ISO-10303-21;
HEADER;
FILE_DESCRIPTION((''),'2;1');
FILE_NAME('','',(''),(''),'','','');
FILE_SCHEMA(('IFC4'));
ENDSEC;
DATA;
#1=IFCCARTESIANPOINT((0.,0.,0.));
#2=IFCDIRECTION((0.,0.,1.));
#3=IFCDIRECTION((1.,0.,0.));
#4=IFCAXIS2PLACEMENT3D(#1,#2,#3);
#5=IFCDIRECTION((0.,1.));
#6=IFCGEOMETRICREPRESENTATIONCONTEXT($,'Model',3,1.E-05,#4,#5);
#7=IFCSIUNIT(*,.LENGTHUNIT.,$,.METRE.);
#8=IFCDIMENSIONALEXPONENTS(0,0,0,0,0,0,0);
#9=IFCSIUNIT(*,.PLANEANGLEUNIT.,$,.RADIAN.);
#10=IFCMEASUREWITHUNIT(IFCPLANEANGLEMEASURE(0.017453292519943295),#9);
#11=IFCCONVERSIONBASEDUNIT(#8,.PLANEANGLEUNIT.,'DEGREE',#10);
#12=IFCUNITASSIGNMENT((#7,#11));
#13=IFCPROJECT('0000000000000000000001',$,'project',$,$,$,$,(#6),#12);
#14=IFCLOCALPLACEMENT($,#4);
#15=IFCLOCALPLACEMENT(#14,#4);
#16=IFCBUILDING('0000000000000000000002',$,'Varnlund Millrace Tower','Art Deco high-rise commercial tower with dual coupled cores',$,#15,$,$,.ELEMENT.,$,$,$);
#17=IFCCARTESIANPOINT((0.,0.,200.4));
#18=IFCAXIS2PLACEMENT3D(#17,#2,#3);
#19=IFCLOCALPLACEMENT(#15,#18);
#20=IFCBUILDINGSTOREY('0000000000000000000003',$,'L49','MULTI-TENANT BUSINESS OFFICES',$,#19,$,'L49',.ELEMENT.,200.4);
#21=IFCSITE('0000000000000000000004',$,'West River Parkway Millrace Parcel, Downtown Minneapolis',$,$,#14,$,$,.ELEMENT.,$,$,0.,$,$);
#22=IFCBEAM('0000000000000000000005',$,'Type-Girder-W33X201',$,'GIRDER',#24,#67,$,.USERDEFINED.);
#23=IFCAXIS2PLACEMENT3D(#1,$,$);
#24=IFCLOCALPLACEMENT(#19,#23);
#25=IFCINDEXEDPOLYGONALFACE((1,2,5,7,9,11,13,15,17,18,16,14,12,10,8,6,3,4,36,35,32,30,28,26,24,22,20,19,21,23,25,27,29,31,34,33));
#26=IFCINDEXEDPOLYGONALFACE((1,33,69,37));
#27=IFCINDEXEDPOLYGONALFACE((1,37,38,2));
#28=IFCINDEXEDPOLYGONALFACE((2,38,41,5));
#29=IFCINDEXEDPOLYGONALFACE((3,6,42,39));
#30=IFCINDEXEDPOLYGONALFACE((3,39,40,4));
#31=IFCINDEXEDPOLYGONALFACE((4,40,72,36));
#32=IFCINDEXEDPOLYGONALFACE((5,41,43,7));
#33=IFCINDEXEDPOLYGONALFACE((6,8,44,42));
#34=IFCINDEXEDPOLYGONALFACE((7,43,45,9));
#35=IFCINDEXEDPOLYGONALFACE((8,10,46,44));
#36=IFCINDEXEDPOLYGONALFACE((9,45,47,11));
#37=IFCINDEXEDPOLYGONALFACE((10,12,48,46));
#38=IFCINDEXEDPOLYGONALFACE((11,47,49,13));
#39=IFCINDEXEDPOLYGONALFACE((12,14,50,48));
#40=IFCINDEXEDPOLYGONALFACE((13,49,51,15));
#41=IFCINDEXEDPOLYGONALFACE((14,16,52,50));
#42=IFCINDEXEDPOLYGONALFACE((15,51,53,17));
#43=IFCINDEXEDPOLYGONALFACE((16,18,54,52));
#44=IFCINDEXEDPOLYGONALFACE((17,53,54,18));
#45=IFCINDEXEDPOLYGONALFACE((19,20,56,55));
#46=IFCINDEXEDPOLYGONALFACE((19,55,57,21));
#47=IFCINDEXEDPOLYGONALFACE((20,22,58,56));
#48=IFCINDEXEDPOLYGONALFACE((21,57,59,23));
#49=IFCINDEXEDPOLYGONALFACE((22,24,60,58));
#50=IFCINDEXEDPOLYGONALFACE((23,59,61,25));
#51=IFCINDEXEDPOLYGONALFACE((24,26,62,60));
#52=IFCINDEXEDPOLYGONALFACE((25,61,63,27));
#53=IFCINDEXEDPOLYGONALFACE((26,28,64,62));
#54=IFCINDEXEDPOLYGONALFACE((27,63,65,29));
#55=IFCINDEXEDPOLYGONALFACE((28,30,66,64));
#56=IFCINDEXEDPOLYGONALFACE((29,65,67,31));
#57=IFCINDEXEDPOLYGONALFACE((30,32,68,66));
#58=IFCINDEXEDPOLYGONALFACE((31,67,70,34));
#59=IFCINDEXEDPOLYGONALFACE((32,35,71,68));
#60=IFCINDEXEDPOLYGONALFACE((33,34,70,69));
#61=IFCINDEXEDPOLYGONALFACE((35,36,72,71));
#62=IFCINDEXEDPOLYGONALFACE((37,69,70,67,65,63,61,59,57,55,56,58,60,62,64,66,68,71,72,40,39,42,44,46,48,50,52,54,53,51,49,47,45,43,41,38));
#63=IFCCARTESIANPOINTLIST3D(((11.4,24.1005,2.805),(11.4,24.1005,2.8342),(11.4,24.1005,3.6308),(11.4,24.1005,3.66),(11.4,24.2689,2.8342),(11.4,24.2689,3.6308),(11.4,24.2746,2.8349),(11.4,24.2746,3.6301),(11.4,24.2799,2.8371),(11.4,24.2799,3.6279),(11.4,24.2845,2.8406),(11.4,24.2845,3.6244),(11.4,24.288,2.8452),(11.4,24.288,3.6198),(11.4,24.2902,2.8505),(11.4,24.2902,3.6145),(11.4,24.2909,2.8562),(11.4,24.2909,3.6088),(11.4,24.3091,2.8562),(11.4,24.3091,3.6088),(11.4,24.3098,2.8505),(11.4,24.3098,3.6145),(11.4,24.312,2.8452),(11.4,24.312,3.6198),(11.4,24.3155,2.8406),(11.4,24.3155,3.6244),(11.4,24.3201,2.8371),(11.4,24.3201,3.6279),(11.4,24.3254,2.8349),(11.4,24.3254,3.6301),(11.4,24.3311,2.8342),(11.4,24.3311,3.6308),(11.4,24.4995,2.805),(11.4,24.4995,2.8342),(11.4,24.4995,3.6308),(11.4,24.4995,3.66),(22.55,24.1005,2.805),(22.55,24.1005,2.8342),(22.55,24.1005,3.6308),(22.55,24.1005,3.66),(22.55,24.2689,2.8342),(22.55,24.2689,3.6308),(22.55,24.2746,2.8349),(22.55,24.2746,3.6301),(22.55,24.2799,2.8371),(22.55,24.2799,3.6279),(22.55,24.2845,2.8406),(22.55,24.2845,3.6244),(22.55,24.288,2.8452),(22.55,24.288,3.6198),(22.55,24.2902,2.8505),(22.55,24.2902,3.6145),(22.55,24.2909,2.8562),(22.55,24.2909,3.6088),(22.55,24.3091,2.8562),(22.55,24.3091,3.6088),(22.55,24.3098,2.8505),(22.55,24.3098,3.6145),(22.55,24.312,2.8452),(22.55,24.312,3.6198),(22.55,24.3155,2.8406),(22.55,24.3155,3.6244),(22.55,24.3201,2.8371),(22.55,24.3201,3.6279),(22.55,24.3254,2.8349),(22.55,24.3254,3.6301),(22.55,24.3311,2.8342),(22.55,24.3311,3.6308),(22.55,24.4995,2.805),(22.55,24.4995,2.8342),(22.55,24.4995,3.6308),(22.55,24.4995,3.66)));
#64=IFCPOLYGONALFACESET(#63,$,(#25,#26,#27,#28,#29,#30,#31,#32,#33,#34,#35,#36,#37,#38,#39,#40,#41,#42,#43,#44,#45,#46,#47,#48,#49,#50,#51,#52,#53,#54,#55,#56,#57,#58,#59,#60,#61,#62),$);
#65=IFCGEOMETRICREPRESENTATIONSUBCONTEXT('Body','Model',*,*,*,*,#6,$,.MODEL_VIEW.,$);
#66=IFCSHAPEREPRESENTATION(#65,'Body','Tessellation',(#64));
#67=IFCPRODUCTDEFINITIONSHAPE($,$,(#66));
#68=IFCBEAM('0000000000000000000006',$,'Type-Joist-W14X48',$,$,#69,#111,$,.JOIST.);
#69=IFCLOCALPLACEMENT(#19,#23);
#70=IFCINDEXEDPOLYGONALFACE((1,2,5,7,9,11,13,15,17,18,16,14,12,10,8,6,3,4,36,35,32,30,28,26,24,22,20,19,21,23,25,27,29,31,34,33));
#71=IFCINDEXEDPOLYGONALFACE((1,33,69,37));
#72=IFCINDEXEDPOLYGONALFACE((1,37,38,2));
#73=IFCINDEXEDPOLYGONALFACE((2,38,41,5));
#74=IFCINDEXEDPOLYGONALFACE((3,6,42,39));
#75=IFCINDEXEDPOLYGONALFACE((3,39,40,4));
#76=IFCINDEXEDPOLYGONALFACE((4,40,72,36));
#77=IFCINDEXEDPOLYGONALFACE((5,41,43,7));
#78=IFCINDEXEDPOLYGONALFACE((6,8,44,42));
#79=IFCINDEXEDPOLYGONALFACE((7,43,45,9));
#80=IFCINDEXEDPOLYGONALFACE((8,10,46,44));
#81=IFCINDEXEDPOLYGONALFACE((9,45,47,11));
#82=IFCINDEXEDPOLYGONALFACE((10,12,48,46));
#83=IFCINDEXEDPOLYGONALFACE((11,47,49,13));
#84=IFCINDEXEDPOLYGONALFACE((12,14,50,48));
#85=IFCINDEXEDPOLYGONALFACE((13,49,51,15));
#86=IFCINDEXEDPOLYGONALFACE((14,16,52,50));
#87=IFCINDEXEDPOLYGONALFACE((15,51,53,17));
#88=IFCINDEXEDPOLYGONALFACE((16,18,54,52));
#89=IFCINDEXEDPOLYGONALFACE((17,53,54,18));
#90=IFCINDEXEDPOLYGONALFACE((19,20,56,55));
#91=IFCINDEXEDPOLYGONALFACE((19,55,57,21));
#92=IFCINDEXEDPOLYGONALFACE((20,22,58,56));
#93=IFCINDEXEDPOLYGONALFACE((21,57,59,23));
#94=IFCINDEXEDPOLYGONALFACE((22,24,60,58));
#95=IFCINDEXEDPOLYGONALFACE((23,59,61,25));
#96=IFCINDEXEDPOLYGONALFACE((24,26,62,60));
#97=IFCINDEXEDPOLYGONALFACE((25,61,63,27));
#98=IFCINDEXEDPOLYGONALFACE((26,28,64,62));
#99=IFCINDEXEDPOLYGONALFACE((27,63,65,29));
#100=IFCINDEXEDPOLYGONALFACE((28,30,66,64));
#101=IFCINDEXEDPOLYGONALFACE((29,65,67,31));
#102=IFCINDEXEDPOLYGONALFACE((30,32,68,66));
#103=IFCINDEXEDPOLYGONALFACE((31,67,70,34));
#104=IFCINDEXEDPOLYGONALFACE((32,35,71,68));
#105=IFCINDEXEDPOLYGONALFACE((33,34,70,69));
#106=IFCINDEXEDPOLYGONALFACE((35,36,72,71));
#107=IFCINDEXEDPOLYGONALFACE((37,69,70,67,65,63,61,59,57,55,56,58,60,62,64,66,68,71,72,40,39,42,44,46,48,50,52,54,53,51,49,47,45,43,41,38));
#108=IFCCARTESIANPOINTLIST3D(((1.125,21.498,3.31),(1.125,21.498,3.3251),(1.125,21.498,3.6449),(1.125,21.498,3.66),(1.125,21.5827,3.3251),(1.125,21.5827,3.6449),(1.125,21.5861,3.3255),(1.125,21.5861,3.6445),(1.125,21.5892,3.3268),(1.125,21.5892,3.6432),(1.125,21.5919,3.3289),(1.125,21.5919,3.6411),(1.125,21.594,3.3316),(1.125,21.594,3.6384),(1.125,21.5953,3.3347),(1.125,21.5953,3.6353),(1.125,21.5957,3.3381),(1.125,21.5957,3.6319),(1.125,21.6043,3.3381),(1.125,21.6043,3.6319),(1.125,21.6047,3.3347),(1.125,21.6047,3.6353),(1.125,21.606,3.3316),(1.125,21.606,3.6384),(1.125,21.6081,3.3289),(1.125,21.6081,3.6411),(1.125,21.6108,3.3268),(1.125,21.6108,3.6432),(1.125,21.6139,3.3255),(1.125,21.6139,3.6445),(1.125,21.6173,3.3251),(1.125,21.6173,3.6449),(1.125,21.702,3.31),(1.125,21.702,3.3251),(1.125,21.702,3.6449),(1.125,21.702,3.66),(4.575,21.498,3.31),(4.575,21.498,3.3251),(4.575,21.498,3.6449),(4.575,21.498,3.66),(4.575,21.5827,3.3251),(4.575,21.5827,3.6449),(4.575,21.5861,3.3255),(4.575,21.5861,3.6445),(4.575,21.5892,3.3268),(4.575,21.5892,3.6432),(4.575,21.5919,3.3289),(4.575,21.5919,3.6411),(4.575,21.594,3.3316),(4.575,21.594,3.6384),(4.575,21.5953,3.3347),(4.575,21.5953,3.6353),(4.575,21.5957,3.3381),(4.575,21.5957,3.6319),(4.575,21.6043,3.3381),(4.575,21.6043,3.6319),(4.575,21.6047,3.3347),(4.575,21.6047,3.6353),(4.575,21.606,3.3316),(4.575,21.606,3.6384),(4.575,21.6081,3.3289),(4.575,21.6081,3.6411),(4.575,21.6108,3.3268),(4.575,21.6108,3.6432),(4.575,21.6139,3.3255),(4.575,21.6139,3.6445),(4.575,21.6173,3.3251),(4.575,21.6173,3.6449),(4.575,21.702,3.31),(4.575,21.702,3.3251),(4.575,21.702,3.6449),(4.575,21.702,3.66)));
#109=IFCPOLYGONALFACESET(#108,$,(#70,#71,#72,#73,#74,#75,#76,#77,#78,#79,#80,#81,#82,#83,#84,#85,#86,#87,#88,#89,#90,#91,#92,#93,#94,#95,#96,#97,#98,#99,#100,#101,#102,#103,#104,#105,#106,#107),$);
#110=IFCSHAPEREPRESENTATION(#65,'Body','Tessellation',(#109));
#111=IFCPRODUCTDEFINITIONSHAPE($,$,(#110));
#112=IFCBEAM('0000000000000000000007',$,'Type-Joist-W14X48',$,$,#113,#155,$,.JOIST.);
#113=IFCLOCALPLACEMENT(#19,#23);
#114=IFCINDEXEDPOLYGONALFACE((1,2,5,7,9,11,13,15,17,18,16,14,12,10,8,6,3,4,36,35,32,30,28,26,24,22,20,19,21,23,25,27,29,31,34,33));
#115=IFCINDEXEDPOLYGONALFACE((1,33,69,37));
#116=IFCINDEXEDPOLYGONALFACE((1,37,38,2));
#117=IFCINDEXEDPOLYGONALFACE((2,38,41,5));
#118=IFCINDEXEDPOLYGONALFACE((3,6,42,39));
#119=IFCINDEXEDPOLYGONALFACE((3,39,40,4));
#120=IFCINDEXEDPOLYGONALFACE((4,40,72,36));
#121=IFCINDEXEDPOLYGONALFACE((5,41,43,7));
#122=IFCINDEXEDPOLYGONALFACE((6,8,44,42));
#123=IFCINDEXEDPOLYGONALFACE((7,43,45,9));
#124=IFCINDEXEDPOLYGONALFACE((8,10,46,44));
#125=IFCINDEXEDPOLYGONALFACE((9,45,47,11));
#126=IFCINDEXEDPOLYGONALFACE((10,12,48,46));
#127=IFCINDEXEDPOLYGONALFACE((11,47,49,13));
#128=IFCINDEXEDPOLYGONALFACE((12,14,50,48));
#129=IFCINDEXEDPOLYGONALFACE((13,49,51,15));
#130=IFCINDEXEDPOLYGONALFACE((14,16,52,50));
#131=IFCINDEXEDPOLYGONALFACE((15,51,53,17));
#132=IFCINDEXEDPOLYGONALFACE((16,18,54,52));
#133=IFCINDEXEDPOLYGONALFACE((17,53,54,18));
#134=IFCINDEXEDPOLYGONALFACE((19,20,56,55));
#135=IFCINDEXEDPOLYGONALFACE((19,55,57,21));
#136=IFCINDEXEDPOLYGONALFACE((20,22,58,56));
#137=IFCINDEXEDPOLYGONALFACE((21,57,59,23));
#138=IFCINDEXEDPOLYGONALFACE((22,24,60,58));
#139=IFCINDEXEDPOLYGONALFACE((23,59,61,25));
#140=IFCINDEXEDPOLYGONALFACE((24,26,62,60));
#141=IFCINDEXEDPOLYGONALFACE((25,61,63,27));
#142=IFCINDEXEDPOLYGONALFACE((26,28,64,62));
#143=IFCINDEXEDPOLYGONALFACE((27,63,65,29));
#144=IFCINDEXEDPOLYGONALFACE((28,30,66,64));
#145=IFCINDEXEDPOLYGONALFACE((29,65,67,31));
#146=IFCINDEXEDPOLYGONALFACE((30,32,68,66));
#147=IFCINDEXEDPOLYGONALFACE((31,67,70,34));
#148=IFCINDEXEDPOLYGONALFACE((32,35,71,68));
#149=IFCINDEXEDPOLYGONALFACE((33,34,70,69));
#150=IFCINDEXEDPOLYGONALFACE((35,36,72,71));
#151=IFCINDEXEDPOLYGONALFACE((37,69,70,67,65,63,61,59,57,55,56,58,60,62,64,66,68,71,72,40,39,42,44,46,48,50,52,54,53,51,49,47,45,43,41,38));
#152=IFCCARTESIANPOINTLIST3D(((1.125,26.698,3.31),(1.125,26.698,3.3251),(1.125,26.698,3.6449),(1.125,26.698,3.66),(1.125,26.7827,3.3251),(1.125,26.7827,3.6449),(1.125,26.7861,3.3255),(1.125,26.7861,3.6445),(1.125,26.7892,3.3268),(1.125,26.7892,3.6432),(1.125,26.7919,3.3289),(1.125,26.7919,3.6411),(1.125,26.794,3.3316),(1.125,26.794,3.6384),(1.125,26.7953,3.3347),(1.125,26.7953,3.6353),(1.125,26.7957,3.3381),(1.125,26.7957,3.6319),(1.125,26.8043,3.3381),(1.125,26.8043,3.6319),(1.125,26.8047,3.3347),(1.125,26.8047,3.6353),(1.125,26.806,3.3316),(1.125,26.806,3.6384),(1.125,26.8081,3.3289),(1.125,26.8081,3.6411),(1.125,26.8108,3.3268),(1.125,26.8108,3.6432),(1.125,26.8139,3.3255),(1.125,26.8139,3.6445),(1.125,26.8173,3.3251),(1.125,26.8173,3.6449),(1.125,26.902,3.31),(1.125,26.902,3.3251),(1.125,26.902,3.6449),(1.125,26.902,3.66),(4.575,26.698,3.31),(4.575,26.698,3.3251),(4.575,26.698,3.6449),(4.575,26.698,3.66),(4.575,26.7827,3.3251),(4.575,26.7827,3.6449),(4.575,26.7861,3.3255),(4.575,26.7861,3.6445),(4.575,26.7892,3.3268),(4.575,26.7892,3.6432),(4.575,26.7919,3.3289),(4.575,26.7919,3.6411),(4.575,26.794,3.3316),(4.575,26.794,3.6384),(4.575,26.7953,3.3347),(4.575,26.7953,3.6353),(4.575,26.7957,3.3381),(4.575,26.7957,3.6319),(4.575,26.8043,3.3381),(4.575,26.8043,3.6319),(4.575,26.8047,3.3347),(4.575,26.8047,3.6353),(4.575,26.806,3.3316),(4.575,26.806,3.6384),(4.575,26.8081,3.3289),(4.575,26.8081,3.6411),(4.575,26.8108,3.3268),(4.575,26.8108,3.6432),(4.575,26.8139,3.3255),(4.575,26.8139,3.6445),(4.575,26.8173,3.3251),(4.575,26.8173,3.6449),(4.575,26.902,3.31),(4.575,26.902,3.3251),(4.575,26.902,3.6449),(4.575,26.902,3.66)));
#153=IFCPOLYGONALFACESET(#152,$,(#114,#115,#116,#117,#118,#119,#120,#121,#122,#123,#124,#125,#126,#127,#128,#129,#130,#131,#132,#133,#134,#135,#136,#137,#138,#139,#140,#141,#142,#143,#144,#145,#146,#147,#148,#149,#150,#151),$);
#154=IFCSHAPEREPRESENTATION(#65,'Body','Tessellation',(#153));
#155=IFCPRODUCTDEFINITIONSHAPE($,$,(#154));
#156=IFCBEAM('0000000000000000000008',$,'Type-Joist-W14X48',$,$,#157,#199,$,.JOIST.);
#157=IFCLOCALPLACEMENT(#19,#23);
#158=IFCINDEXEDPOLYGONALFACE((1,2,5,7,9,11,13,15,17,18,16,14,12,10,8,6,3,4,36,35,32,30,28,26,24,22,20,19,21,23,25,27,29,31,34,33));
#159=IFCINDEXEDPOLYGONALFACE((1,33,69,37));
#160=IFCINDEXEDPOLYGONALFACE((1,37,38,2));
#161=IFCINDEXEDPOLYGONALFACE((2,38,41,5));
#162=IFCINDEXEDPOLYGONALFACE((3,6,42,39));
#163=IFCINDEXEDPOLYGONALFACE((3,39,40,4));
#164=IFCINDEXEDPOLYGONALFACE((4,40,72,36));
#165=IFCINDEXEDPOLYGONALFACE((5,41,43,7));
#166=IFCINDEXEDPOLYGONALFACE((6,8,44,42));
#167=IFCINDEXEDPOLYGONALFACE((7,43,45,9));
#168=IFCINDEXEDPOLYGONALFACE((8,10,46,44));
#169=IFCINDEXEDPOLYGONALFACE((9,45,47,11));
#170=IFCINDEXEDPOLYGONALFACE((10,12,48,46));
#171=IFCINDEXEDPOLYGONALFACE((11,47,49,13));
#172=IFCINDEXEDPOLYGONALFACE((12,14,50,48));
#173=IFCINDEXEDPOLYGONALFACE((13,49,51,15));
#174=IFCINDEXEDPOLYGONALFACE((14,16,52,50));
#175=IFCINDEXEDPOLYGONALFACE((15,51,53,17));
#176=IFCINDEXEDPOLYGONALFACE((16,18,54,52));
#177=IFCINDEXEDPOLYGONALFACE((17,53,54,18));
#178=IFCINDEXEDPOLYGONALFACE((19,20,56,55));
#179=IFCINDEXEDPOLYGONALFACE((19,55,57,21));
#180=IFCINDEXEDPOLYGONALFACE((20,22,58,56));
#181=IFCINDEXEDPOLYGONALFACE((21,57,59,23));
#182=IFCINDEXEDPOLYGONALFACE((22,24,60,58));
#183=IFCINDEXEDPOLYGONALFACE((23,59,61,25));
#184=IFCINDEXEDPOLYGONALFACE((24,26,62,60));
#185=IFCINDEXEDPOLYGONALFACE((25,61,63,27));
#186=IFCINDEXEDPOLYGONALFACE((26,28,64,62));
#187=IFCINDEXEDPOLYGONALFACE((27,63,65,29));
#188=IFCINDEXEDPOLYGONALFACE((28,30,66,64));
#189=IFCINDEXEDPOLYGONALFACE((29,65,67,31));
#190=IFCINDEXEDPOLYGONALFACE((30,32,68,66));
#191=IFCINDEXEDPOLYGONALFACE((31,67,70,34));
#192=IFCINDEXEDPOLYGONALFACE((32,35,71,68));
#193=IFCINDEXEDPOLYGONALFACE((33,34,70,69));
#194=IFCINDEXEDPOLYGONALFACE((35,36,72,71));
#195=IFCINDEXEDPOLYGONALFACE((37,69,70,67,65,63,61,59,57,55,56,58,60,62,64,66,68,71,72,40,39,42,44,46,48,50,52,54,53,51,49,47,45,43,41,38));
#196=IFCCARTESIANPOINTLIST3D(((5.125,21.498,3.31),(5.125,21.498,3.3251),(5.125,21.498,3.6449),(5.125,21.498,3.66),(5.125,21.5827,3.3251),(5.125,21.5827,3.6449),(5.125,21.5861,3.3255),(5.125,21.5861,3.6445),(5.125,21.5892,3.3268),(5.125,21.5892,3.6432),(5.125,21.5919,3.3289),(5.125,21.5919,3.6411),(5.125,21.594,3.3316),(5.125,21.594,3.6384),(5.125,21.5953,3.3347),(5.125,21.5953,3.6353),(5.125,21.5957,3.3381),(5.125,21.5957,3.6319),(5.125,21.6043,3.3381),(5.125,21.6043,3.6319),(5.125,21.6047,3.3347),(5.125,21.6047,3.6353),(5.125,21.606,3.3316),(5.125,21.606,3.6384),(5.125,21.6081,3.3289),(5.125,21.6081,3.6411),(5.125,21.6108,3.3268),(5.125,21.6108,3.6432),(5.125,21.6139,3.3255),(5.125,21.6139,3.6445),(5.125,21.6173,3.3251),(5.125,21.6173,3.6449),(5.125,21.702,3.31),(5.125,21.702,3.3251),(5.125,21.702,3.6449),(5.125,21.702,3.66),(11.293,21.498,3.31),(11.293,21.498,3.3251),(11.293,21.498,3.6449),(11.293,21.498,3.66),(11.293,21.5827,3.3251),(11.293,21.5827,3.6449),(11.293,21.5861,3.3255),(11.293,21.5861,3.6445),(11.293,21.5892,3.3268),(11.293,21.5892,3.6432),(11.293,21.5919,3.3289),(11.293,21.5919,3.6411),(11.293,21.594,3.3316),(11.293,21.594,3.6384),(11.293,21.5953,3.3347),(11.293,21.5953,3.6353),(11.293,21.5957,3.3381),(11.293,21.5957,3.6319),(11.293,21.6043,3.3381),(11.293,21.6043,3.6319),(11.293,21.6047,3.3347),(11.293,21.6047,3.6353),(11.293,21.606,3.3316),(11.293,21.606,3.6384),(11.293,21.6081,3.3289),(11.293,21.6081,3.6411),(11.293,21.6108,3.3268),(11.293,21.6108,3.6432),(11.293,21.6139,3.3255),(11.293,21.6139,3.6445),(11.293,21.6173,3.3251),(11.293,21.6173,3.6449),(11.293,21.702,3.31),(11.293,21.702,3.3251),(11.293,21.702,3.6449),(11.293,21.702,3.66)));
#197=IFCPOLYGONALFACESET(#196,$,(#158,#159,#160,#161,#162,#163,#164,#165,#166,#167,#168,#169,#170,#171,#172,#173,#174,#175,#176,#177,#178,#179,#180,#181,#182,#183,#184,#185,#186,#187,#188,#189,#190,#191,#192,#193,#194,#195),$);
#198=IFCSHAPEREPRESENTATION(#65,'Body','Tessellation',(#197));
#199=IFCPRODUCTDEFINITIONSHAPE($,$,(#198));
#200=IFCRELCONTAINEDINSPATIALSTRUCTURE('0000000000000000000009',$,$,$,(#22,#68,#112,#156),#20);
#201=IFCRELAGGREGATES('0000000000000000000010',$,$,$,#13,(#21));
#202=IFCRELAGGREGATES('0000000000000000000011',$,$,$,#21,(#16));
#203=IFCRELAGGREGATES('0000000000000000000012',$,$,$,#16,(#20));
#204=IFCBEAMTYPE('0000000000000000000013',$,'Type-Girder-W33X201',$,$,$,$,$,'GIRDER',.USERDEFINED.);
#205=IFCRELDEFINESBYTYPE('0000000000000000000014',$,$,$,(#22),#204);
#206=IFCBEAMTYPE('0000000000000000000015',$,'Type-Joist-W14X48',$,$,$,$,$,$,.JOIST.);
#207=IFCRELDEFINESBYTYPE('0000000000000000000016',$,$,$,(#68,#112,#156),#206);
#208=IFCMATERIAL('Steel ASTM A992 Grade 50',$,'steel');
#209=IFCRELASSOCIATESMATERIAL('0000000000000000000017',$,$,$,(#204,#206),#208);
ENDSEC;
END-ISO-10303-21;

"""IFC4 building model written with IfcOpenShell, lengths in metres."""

from ifc_helpers import new_model, entity, si_unit, converted_unit, direction, frame, origin_with_axes, origin_2d_with_axis, place, context, subcontext, project, spatial, i_section, extrude, material, material_profile, profile_set, type_object, element, save


model = new_model("IFC4")

# Units and contexts
model_context = context("Model", 3, precision=1e-05, world=origin_with_axes(), true_north=direction((0.0, 1.0)))
body_context = subcontext(model_context, "Body", "Model", "MODEL_VIEW")
ifc_project = project(units=[si_unit("LENGTHUNIT", "METRE"), converted_unit("PLANEANGLEUNIT", "DEGREE", entity("IfcPlaneAngleMeasure", 0.017453292519943295), si_unit("PLANEANGLEUNIT", "RADIAN"), dimensions=[0, 0, 0, 0, 0, 0, 0])], contexts=[model_context])

# Site, building, storey
site_placement = place(None, origin_with_axes())
site = spatial("IfcSite", under=ifc_project, at=site_placement, Name="West River Parkway Millrace Parcel, Downtown Minneapolis", CompositionType="ELEMENT", RefElevation=0.0)
building_placement = place(site_placement, origin_with_axes())
building = spatial("IfcBuilding", under=site, at=building_placement, Name="Varnlund Millrace Tower", Description="Art Deco high-rise commercial tower with dual coupled cores", CompositionType="ELEMENT")
storey_placement = place(building_placement, frame((0.0, 0.0, 200.4), z_axis=(0.0, 0.0, 1.0), x_axis=(1.0, 0.0, 0.0)))
storey = spatial("IfcBuildingStorey", under=building, at=storey_placement, Name="L49", Description="MULTI-TENANT BUSINESS OFFICES", LongName="L49", CompositionType="ELEMENT", Elevation=200.4)

# Beams
ifc_material_1 = material(Name="Steel ASTM A992 Grade 50", Category="steel")
ifc_material_profile_1 = material_profile(ifc_material_1, i_section(OverallWidth=0.399, OverallDepth=0.855, WebThickness=0.0182, FlangeThickness=0.0292, FilletRadius=0.022, at=origin_2d_with_axis()), Name="Steel ASTM A992 Grade 50")
ifc_profile_set_1 = profile_set([ifc_material_profile_1], Name="Steel ASTM A992 Grade 50")
beam_type_1 = type_object("IfcBeamType", Name="Type-Girder-W33X201", ElementType="GIRDER", PredefinedType="USERDEFINED", material=ifc_profile_set_1)
beam_1_placement = place(storey_placement, frame((11.4, 24.3, 3.2325), z_axis=(1.0, 0.0, 0.0), x_axis=(0.0, 1.0, 0.0)))
element("IfcBeam", 1, at=beam_1_placement, inside=storey, type_object=beam_type_1, Name="Type-Girder-W33X201", ObjectType="GIRDER", PredefinedType="USERDEFINED", context=body_context, shape_type="SweptSolid", body=[
    extrude(i_section(OverallWidth=0.399, OverallDepth=0.855, WebThickness=0.0182, FlangeThickness=0.0292, FilletRadius=0.022, at=origin_2d_with_axis()), origin_with_axes(), (0.0, 0.0, 1.0), 11.15),
])
ifc_material_profile_2 = material_profile(ifc_material_1, i_section(OverallWidth=0.204, OverallDepth=0.35, WebThickness=0.0086, FlangeThickness=0.0151, FilletRadius=0.013, at=origin_2d_with_axis()), Name="Steel ASTM A992 Grade 50")
ifc_profile_set_2 = profile_set([ifc_material_profile_2], Name="Steel ASTM A992 Grade 50")
beam_type_2 = type_object("IfcBeamType", Name="Type-Joist-W14X48", PredefinedType="JOIST", material=ifc_profile_set_2)
for number, where, z_axis, x_axis, name in (
    (2, (1.125, 21.6, 3.485), (1.0, 0.0, 0.0), (0.0, 1.0, 0.0), "Type-Joist-W14X48"),
    (3, (1.125, 26.8, 3.485), (1.0, 0.0, 0.0), (0.0, 1.0, 0.0), "Type-Joist-W14X48"),
):
    element("IfcBeam", number, at=place(storey_placement, frame(where, z_axis=z_axis, x_axis=x_axis)), inside=storey, type_object=beam_type_2, Name=name, PredefinedType="JOIST", context=body_context, shape_type="SweptSolid", body=[
        extrude(i_section(OverallWidth=0.204, OverallDepth=0.35, WebThickness=0.0086, FlangeThickness=0.0151, FilletRadius=0.013, at=origin_2d_with_axis()), origin_with_axes(), (0.0, 0.0, 1.0), 3.45),
    ])
for number, where, z_axis, x_axis, name in (
    (4, (5.125, 21.6, 3.485), (1.0, 0.0, 0.0), (0.0, 1.0, 0.0), "Type-Joist-W14X48"),
):
    element("IfcBeam", number, at=place(storey_placement, frame(where, z_axis=z_axis, x_axis=x_axis)), inside=storey, type_object=beam_type_2, Name=name, PredefinedType="JOIST", context=body_context, shape_type="SweptSolid", body=[
        extrude(i_section(OverallWidth=0.204, OverallDepth=0.35, WebThickness=0.0086, FlangeThickness=0.0151, FilletRadius=0.013, at=origin_2d_with_axis()), origin_with_axes(), (0.0, 0.0, 1.0), 6.168),
    ])

save(model, "model.ifc")
